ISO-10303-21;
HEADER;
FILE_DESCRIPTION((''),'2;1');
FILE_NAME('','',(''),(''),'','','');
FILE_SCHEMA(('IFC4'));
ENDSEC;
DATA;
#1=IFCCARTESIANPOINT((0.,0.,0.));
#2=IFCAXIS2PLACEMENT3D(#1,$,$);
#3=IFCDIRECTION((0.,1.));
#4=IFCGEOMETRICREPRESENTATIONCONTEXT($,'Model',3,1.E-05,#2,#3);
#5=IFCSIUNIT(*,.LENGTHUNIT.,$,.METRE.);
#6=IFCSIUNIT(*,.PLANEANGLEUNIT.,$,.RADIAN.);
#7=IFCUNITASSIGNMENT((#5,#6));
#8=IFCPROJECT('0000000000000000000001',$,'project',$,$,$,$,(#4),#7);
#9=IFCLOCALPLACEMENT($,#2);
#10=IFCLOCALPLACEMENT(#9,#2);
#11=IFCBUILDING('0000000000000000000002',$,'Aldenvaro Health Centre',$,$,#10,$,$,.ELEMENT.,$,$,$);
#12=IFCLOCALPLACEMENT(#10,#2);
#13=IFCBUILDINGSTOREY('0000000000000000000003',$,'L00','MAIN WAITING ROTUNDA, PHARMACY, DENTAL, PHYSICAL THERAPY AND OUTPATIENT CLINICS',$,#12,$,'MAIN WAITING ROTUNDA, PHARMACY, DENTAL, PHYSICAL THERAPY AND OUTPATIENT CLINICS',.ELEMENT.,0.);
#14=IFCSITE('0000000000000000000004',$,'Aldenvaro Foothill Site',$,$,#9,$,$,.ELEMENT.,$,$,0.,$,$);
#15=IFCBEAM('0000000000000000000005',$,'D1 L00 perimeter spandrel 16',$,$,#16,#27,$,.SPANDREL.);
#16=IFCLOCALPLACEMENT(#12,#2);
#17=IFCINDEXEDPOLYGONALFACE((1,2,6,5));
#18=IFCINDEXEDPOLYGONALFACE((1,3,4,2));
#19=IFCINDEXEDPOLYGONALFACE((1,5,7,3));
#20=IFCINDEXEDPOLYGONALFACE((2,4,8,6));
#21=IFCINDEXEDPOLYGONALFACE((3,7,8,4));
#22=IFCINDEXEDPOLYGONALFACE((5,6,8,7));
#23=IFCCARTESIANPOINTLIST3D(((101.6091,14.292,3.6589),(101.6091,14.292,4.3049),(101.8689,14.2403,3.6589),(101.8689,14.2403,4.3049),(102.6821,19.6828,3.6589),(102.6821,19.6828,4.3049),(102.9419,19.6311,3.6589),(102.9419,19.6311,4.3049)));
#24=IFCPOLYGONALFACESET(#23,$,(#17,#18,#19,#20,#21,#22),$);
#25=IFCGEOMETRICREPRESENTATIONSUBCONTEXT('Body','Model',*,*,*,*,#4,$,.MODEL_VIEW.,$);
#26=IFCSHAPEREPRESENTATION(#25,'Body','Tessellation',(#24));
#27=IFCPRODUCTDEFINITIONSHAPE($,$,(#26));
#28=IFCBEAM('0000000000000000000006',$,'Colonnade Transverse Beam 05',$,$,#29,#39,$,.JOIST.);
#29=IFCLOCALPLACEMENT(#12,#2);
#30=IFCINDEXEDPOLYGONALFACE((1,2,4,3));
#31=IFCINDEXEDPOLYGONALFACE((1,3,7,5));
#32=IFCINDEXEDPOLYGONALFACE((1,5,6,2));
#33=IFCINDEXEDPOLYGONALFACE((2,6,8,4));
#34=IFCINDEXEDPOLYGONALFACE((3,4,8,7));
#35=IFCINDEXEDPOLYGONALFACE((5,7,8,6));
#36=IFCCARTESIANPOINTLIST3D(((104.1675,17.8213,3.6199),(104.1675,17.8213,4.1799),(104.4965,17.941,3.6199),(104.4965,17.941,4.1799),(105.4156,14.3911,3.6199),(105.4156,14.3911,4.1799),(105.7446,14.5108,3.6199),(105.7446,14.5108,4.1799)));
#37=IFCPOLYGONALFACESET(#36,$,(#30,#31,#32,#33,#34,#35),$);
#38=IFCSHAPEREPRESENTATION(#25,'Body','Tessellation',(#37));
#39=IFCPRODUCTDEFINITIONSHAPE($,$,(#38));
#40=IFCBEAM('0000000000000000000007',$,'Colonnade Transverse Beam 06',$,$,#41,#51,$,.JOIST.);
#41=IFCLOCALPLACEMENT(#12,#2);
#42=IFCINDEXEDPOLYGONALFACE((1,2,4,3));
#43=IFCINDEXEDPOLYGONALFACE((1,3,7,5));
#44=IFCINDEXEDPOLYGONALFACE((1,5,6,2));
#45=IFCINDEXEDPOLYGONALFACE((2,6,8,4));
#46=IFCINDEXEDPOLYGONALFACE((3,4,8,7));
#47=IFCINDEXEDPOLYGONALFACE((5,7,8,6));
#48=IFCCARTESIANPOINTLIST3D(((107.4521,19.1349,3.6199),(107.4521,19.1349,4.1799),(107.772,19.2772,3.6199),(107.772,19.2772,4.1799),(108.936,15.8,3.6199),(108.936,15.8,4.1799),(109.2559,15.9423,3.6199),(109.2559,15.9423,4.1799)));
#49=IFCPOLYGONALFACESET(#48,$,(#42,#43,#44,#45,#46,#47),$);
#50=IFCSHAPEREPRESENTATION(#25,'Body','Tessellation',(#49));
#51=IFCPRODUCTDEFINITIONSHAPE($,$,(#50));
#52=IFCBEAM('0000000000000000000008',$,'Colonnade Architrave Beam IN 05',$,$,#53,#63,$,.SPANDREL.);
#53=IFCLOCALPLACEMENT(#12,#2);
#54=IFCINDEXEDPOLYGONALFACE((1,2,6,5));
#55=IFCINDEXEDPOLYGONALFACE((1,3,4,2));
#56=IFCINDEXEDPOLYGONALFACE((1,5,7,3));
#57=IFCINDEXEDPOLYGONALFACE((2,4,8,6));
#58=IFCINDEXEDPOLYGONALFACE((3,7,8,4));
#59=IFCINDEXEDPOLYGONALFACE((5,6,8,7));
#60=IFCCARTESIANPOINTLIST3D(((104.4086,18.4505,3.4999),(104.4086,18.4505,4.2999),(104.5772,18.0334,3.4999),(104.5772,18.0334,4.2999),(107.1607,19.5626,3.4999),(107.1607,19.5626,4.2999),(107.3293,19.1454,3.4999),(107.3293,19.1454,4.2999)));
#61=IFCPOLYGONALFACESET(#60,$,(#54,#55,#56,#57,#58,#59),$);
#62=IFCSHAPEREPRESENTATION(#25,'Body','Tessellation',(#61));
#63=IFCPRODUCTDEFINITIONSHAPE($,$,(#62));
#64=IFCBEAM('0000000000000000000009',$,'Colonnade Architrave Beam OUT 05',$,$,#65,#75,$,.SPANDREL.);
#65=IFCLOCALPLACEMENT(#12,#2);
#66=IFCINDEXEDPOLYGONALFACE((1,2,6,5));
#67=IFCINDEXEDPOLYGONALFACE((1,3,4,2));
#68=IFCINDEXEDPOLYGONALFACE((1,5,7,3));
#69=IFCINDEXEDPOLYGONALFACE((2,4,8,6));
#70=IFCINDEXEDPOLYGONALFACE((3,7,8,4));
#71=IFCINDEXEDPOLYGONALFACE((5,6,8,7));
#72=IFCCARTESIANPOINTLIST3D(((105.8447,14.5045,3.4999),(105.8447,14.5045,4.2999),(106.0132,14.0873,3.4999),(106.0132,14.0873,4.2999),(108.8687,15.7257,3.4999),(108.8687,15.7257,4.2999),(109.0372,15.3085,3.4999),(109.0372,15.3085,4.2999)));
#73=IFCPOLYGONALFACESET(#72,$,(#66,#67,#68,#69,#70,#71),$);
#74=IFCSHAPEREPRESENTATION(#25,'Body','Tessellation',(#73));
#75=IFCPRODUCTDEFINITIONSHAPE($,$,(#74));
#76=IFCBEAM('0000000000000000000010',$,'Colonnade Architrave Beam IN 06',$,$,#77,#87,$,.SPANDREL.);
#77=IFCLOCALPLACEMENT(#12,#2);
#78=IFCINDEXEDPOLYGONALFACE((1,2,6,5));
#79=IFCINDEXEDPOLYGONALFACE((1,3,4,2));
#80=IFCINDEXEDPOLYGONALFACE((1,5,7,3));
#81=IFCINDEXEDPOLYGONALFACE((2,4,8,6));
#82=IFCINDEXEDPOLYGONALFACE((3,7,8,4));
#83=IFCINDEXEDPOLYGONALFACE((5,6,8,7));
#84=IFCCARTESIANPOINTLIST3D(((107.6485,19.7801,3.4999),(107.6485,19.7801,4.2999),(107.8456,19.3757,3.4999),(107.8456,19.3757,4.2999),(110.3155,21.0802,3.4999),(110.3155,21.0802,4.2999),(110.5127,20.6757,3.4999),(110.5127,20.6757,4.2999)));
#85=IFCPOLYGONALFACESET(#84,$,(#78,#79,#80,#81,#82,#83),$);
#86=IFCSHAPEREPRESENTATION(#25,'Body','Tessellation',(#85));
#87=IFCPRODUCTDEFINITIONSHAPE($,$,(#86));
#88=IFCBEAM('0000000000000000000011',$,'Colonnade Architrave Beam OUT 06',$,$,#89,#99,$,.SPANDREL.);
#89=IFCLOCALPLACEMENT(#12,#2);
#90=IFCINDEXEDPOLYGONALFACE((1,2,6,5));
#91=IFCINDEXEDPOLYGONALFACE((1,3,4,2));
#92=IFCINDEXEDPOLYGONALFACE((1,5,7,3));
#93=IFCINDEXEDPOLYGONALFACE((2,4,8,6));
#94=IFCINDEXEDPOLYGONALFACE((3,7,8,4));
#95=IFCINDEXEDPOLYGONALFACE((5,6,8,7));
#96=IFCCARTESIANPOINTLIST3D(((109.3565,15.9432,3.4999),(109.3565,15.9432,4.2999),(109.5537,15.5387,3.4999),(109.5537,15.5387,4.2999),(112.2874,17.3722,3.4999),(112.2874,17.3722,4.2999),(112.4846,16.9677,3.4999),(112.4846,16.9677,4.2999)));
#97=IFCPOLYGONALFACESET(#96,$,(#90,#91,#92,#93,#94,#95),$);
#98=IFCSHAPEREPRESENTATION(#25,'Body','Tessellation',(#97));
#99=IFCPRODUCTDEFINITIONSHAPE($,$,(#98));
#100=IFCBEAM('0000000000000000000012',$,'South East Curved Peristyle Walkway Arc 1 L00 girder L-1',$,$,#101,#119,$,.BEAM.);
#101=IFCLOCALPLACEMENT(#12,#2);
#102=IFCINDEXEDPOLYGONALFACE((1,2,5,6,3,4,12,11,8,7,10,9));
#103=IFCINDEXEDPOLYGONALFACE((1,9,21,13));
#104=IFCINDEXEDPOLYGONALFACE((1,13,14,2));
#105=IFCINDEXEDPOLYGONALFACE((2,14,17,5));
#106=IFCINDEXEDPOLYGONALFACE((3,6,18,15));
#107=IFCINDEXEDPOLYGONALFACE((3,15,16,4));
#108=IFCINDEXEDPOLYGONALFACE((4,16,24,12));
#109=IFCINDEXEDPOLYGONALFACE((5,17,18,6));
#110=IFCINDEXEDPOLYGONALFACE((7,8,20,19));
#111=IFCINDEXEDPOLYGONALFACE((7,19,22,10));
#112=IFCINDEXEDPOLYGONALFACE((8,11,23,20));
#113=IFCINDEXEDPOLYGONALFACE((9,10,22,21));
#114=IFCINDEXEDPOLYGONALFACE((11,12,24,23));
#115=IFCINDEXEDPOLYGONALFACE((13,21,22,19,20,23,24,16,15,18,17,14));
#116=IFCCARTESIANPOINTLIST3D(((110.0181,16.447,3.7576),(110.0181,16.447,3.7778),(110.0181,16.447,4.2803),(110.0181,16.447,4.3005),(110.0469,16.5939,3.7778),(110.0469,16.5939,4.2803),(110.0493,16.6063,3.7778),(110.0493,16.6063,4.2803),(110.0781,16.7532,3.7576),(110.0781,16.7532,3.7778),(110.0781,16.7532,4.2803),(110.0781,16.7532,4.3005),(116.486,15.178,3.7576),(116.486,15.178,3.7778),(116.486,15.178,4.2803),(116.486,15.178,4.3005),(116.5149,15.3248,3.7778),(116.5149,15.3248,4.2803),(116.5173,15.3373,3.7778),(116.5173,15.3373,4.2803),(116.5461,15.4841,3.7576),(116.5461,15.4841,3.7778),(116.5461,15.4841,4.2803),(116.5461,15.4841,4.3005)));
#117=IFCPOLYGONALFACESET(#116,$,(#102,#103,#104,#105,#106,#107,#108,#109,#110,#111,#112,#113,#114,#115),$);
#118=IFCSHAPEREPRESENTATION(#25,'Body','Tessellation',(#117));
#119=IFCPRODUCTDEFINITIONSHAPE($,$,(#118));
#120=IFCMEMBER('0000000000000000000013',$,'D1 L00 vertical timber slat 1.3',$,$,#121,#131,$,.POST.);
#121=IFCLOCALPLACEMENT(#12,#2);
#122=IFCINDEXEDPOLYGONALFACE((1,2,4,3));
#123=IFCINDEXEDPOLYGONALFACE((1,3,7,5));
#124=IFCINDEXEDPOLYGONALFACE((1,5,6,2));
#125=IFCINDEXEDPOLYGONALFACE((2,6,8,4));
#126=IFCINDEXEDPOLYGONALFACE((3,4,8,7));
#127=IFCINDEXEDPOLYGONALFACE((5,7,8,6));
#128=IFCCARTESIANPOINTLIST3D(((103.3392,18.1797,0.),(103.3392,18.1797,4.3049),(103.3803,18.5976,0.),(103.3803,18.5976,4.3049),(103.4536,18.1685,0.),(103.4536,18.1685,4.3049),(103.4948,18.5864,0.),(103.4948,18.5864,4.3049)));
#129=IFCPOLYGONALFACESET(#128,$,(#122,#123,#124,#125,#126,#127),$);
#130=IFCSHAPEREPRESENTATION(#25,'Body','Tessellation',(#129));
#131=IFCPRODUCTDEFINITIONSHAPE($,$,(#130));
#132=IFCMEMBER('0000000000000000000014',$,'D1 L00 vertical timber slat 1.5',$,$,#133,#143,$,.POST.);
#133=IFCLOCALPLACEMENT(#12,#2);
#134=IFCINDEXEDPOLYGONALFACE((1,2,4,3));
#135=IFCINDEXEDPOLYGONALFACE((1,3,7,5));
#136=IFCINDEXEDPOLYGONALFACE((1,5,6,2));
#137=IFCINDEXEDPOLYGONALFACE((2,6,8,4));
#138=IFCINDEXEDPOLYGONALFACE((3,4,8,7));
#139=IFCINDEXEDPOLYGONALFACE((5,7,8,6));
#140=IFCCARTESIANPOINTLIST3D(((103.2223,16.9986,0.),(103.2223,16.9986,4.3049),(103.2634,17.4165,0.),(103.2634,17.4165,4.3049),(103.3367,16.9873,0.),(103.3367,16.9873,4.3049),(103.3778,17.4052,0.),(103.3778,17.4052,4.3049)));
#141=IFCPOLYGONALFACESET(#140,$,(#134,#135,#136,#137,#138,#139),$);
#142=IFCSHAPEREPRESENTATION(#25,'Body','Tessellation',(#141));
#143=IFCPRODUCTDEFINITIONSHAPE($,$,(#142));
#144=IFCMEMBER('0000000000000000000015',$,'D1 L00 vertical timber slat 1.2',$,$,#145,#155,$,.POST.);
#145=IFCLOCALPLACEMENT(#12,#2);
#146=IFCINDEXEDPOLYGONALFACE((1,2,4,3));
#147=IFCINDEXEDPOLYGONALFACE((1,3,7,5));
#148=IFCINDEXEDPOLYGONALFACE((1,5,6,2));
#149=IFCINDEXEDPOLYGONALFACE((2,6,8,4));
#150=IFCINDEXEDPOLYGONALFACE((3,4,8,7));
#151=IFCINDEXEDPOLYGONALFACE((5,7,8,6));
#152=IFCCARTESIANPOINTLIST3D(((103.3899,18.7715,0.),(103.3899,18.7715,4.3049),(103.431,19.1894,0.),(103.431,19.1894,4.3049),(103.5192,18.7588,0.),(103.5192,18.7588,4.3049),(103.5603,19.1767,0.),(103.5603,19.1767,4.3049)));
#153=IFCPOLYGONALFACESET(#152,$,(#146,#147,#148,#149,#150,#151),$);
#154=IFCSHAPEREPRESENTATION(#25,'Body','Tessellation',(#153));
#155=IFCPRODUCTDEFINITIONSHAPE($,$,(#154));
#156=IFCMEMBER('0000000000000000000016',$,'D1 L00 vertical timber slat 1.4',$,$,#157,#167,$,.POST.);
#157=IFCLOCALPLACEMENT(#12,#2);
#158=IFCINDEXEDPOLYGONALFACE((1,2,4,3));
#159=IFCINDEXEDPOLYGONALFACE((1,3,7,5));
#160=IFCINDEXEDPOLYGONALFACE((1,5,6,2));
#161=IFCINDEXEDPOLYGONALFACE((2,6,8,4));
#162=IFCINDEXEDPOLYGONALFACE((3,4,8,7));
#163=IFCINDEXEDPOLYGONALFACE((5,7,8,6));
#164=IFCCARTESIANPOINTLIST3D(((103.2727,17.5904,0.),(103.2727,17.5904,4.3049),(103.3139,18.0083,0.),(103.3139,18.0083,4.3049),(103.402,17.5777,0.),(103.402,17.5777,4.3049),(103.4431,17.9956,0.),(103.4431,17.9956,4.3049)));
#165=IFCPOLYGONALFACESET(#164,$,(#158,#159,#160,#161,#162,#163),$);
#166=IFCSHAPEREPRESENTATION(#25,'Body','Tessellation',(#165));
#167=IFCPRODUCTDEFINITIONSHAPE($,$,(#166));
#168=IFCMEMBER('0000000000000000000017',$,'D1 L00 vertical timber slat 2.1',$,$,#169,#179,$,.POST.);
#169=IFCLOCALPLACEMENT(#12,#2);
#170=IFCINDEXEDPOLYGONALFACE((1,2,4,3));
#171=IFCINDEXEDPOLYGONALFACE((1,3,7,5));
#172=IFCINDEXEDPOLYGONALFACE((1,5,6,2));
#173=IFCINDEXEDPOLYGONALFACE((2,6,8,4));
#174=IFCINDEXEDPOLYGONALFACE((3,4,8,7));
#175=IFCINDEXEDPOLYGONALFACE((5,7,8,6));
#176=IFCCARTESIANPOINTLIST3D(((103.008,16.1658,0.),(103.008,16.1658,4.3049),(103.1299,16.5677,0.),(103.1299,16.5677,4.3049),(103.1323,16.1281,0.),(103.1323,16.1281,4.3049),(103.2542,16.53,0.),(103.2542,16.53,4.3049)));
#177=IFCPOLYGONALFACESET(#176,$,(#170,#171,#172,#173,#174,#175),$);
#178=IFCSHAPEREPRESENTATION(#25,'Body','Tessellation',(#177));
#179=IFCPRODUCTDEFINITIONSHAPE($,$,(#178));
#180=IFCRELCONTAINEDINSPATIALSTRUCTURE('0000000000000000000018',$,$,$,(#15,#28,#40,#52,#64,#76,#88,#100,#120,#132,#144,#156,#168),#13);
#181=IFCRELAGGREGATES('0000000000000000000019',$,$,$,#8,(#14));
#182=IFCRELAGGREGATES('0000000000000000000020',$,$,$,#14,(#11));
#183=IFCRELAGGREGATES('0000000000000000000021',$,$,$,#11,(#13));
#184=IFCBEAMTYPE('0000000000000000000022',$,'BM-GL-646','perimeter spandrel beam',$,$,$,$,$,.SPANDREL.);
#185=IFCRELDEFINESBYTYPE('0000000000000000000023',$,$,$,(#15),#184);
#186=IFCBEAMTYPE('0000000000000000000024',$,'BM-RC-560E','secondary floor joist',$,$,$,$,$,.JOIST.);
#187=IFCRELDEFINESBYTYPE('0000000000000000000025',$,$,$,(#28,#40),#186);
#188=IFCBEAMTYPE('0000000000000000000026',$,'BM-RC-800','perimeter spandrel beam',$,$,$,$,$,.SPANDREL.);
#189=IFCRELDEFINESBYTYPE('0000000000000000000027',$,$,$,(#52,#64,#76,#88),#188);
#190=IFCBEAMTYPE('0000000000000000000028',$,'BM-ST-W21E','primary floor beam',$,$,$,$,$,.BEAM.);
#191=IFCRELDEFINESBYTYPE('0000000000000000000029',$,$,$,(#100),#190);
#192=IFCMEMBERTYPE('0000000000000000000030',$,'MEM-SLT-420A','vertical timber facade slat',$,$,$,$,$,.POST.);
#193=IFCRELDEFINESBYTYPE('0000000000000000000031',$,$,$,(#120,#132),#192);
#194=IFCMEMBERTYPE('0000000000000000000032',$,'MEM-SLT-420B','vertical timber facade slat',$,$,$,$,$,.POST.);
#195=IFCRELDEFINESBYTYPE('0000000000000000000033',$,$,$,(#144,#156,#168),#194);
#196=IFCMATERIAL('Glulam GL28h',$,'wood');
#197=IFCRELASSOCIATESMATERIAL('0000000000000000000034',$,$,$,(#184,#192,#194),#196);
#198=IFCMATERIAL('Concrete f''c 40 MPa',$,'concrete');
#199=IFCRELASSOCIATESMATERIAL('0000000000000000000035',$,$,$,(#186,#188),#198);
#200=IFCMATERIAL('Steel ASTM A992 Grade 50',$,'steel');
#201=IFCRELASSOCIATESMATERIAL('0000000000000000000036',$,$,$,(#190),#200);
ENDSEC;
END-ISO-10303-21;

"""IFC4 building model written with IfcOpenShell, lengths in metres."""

from ifc_helpers import new_model, si_unit, direction, frame, origin, origin_2d, place, context, subcontext, project, spatial, rectangle, i_section, extrude, material, material_profile, profile_set, type_object, element, save


model = new_model("IFC4")

# Units and contexts
model_context = context("Model", 3, precision=1e-05, world=origin(), true_north=direction((0.0, 1.0)))
body_context = subcontext(model_context, "Body", "Model", "MODEL_VIEW")
ifc_project = project(units=[si_unit("LENGTHUNIT", "METRE"), si_unit("PLANEANGLEUNIT", "RADIAN")], contexts=[model_context])

# Site, building, storey
site_placement = place(None, origin())
site = spatial("IfcSite", under=ifc_project, at=site_placement, Name="Aldenvaro Foothill Site", CompositionType="ELEMENT", RefElevation=0.0)
building_placement = place(site_placement, origin())
building = spatial("IfcBuilding", under=site, at=building_placement, Name="Aldenvaro Health Centre", CompositionType="ELEMENT")
storey_placement = place(building_placement, origin())
storey = spatial("IfcBuildingStorey", under=building, at=storey_placement, Name="L00", Description="MAIN WAITING ROTUNDA, PHARMACY, DENTAL, PHYSICAL THERAPY AND OUTPATIENT CLINICS", LongName="MAIN WAITING ROTUNDA, PHARMACY, DENTAL, PHYSICAL THERAPY AND OUTPATIENT CLINICS", CompositionType="ELEMENT", Elevation=0.0)

# Shared definitions
ifc_material_1 = material(Name="Concrete f'c 40 MPa", Category="concrete")

# Beams
ifc_material_2 = material(Name="Glulam GL28h", Category="wood")
ifc_material_profile_1 = material_profile(ifc_material_2, rectangle(XDim=0.2649, YDim=0.646, at=origin_2d()), Name="GL 265x646", Category="wood")
ifc_profile_set_1 = profile_set([ifc_material_profile_1], Name="Glulam GL28h")
beam_type_1 = type_object("IfcBeamType", Name="BM-GL-646", Description="perimeter spandrel beam", PredefinedType="SPANDREL", material=ifc_profile_set_1)
beam_1_placement = place(storey_placement, frame((101.739, 14.2661, 3.9819), z_axis=(0.195211, 0.980761, 0.0), x_axis=(-0.980761, 0.195211, 0.0)))
element("IfcBeam", 1, at=beam_1_placement, inside=storey, type_object=beam_type_1, Name="D1 L00 perimeter spandrel 16", PredefinedType="SPANDREL", context=body_context, shape_type="SweptSolid", body=[
    extrude(rectangle(XDim=0.2649, YDim=0.646, at=origin_2d()), origin(), (0.0, 0.0, 1.0), 5.4966),
])
ifc_material_profile_2 = material_profile(ifc_material_1, rectangle(XDim=0.3501, YDim=0.5601, at=origin_2d()), Name="RC 350x560", Category="concrete")
ifc_profile_set_2 = profile_set([ifc_material_profile_2], Name="Concrete f'c 40 MPa")
beam_type_2 = type_object("IfcBeamType", Name="BM-RC-560E", Description="secondary floor joist", PredefinedType="JOIST", material=ifc_profile_set_2)
for number, where, z_axis, x_axis, name in (
    (2, (104.332, 17.8811, 3.8999), (0.341915, -0.939731, 0.0), (0.939731, 0.341915, 0.0), "Colonnade Transverse Beam 05"),
    (3, (107.6121, 19.2061, 3.8999), (0.406523, -0.91364, 0.0), (0.91364, 0.406523, 0.0), "Colonnade Transverse Beam 06"),
):
    element("IfcBeam", number, at=place(storey_placement, frame(where, z_axis=z_axis, x_axis=x_axis)), inside=storey, type_object=beam_type_2, Name=name, PredefinedType="JOIST", context=body_context, shape_type="SweptSolid", body=[
        extrude(rectangle(XDim=0.3501, YDim=0.5601, at=origin_2d()), origin(), (0.0, 0.0, 1.0), 3.6501),
    ])
ifc_material_profile_3 = material_profile(ifc_material_1, rectangle(XDim=0.45, YDim=0.8, at=origin_2d()), Name="RC 450x800", Category="concrete")
ifc_profile_set_3 = profile_set([ifc_material_profile_3], Name="Concrete f'c 40 MPa")
beam_type_3 = type_object("IfcBeamType", Name="BM-RC-800", Description="perimeter spandrel beam", PredefinedType="SPANDREL", material=ifc_profile_set_3)
beam_2_placement = place(storey_placement, frame((104.4929, 18.2419, 3.8999), z_axis=(0.927172, 0.374636, 0.0), x_axis=(-0.374636, 0.927172, 0.0)))
element("IfcBeam", 4, at=beam_2_placement, inside=storey, type_object=beam_type_3, Name="Colonnade Architrave Beam IN 05", PredefinedType="SPANDREL", context=body_context, shape_type="SweptSolid", body=[
    extrude(rectangle(XDim=0.45, YDim=0.8, at=origin_2d()), origin(), (0.0, 0.0, 1.0), 2.9683),
])
beam_3_placement = place(storey_placement, frame((105.929, 14.2959, 3.8999), z_axis=(0.927243, 0.374461, 0.0), x_axis=(-0.374461, 0.927243, 0.0)))
element("IfcBeam", 5, at=beam_3_placement, inside=storey, type_object=beam_type_3, Name="Colonnade Architrave Beam OUT 05", PredefinedType="SPANDREL", context=body_context, shape_type="SweptSolid", body=[
    extrude(rectangle(XDim=0.45, YDim=0.8, at=origin_2d()), origin(), (0.0, 0.0, 1.0), 3.2612),
])
beam_4_placement = place(storey_placement, frame((107.7471, 19.5779, 3.8999), z_axis=(0.898891, 0.438172, 0.0), x_axis=(-0.438172, 0.898891, 0.0)))
element("IfcBeam", 6, at=beam_4_placement, inside=storey, type_object=beam_type_3, Name="Colonnade Architrave Beam IN 06", PredefinedType="SPANDREL", context=body_context, shape_type="SweptSolid", body=[
    extrude(rectangle(XDim=0.45, YDim=0.8, at=origin_2d()), origin(), (0.0, 0.0, 1.0), 2.967),
])
beam_5_placement = place(storey_placement, frame((109.4551, 15.741, 3.8999), z_axis=(0.89886, 0.438236, 0.0), x_axis=(-0.438236, 0.89886, 0.0)))
element("IfcBeam", 7, at=beam_5_placement, inside=storey, type_object=beam_type_3, Name="Colonnade Architrave Beam OUT 06", PredefinedType="SPANDREL", context=body_context, shape_type="SweptSolid", body=[
    extrude(rectangle(XDim=0.45, YDim=0.8, at=origin_2d()), origin(), (0.0, 0.0, 1.0), 3.2607),
])
ifc_material_3 = material(Name="Steel ASTM A992 Grade 50", Category="steel")
ifc_material_profile_4 = material_profile(ifc_material_3, i_section(OverallWidth=0.312, OverallDepth=0.543, WebThickness=0.0127, FlangeThickness=0.0203, at=origin_2d()), Name="W21X101", Category="steel")
ifc_profile_set_4 = profile_set([ifc_material_profile_4], Name="Steel ASTM A992 Grade 50")
beam_type_4 = type_object("IfcBeamType", Name="BM-ST-W21E", Description="primary floor beam", PredefinedType="BEAM", material=ifc_profile_set_4)
beam_6_placement = place(storey_placement, frame((110.0481, 16.6001, 4.0291), z_axis=(0.981291, -0.192532, 0.0), x_axis=(0.192532, 0.981291, 0.0)))
element("IfcBeam", 8, at=beam_6_placement, inside=storey, type_object=beam_type_4, Name="South East Curved Peristyle Walkway Arc 1 L00 girder L-1", PredefinedType="BEAM", context=body_context, shape_type="SweptSolid", body=[
    extrude(i_section(OverallWidth=0.312, OverallDepth=0.543, WebThickness=0.0127, FlangeThickness=0.0203, at=origin_2d()), origin(), (0.0, 0.0, 1.0), 6.5913),
])

# Members
ifc_material_profile_5 = material_profile(ifc_material_2, rectangle(XDim=0.115, YDim=0.4199, at=origin_2d()), Name="GL 115x420", Category="wood")
ifc_profile_set_5 = profile_set([ifc_material_profile_5], Name="Glulam GL28h")
member_type_1 = type_object("IfcMemberType", Name="MEM-SLT-420A", Description="vertical timber facade slat", PredefinedType="POST", material=ifc_profile_set_5)
for number, where, z_axis, x_axis, name in (
    (9, (103.417, 18.3831, 0.0), (0.0, 0.0, 1.0), (0.995187, -0.097994, 0.0), "D1 L00 vertical timber slat 1.3"),
    (10, (103.3, 17.2019, 0.0), (0.0, 0.0, 1.0), (0.995187, -0.097994, 0.0), "D1 L00 vertical timber slat 1.5"),
):
    element("IfcMember", number, at=place(storey_placement, frame(where, z_axis=z_axis, x_axis=x_axis)), inside=storey, type_object=member_type_1, Name=name, PredefinedType="POST", context=body_context, shape_type="SweptSolid", body=[
        extrude(rectangle(XDim=0.115, YDim=0.4199, at=origin_2d()), origin(), (0.0, 0.0, 1.0), 4.3049),
    ])
ifc_material_profile_6 = material_profile(ifc_material_2, rectangle(XDim=0.1299, YDim=0.4199, at=origin_2d()), Name="GL 130x420", Category="wood")
ifc_profile_set_6 = profile_set([ifc_material_profile_6], Name="Glulam GL28h")
member_type_2 = type_object("IfcMemberType", Name="MEM-SLT-420B", Description="vertical timber facade slat", PredefinedType="POST", material=ifc_profile_set_6)
for number, where, z_axis, x_axis, name in (
    (11, (103.4751, 18.9741, 0.0), (0.0, 0.0, 1.0), (0.995187, -0.097994, 0.0), "D1 L00 vertical timber slat 1.2"),
    (12, (103.3579, 17.793, 0.0), (0.0, 0.0, 1.0), (0.995187, -0.097994, 0.0), "D1 L00 vertical timber slat 1.4"),
    (13, (103.1311, 16.3479, 0.0), (0.0, 0.0, 1.0), (0.956975, -0.290171, 0.0), "D1 L00 vertical timber slat 2.1"),
):
    element("IfcMember", number, at=place(storey_placement, frame(where, z_axis=z_axis, x_axis=x_axis)), inside=storey, type_object=member_type_2, Name=name, PredefinedType="POST", context=body_context, shape_type="SweptSolid", body=[
        extrude(rectangle(XDim=0.1299, YDim=0.4199, at=origin_2d()), origin(), (0.0, 0.0, 1.0), 4.3049),
    ])

save(model, "model.ifc")
